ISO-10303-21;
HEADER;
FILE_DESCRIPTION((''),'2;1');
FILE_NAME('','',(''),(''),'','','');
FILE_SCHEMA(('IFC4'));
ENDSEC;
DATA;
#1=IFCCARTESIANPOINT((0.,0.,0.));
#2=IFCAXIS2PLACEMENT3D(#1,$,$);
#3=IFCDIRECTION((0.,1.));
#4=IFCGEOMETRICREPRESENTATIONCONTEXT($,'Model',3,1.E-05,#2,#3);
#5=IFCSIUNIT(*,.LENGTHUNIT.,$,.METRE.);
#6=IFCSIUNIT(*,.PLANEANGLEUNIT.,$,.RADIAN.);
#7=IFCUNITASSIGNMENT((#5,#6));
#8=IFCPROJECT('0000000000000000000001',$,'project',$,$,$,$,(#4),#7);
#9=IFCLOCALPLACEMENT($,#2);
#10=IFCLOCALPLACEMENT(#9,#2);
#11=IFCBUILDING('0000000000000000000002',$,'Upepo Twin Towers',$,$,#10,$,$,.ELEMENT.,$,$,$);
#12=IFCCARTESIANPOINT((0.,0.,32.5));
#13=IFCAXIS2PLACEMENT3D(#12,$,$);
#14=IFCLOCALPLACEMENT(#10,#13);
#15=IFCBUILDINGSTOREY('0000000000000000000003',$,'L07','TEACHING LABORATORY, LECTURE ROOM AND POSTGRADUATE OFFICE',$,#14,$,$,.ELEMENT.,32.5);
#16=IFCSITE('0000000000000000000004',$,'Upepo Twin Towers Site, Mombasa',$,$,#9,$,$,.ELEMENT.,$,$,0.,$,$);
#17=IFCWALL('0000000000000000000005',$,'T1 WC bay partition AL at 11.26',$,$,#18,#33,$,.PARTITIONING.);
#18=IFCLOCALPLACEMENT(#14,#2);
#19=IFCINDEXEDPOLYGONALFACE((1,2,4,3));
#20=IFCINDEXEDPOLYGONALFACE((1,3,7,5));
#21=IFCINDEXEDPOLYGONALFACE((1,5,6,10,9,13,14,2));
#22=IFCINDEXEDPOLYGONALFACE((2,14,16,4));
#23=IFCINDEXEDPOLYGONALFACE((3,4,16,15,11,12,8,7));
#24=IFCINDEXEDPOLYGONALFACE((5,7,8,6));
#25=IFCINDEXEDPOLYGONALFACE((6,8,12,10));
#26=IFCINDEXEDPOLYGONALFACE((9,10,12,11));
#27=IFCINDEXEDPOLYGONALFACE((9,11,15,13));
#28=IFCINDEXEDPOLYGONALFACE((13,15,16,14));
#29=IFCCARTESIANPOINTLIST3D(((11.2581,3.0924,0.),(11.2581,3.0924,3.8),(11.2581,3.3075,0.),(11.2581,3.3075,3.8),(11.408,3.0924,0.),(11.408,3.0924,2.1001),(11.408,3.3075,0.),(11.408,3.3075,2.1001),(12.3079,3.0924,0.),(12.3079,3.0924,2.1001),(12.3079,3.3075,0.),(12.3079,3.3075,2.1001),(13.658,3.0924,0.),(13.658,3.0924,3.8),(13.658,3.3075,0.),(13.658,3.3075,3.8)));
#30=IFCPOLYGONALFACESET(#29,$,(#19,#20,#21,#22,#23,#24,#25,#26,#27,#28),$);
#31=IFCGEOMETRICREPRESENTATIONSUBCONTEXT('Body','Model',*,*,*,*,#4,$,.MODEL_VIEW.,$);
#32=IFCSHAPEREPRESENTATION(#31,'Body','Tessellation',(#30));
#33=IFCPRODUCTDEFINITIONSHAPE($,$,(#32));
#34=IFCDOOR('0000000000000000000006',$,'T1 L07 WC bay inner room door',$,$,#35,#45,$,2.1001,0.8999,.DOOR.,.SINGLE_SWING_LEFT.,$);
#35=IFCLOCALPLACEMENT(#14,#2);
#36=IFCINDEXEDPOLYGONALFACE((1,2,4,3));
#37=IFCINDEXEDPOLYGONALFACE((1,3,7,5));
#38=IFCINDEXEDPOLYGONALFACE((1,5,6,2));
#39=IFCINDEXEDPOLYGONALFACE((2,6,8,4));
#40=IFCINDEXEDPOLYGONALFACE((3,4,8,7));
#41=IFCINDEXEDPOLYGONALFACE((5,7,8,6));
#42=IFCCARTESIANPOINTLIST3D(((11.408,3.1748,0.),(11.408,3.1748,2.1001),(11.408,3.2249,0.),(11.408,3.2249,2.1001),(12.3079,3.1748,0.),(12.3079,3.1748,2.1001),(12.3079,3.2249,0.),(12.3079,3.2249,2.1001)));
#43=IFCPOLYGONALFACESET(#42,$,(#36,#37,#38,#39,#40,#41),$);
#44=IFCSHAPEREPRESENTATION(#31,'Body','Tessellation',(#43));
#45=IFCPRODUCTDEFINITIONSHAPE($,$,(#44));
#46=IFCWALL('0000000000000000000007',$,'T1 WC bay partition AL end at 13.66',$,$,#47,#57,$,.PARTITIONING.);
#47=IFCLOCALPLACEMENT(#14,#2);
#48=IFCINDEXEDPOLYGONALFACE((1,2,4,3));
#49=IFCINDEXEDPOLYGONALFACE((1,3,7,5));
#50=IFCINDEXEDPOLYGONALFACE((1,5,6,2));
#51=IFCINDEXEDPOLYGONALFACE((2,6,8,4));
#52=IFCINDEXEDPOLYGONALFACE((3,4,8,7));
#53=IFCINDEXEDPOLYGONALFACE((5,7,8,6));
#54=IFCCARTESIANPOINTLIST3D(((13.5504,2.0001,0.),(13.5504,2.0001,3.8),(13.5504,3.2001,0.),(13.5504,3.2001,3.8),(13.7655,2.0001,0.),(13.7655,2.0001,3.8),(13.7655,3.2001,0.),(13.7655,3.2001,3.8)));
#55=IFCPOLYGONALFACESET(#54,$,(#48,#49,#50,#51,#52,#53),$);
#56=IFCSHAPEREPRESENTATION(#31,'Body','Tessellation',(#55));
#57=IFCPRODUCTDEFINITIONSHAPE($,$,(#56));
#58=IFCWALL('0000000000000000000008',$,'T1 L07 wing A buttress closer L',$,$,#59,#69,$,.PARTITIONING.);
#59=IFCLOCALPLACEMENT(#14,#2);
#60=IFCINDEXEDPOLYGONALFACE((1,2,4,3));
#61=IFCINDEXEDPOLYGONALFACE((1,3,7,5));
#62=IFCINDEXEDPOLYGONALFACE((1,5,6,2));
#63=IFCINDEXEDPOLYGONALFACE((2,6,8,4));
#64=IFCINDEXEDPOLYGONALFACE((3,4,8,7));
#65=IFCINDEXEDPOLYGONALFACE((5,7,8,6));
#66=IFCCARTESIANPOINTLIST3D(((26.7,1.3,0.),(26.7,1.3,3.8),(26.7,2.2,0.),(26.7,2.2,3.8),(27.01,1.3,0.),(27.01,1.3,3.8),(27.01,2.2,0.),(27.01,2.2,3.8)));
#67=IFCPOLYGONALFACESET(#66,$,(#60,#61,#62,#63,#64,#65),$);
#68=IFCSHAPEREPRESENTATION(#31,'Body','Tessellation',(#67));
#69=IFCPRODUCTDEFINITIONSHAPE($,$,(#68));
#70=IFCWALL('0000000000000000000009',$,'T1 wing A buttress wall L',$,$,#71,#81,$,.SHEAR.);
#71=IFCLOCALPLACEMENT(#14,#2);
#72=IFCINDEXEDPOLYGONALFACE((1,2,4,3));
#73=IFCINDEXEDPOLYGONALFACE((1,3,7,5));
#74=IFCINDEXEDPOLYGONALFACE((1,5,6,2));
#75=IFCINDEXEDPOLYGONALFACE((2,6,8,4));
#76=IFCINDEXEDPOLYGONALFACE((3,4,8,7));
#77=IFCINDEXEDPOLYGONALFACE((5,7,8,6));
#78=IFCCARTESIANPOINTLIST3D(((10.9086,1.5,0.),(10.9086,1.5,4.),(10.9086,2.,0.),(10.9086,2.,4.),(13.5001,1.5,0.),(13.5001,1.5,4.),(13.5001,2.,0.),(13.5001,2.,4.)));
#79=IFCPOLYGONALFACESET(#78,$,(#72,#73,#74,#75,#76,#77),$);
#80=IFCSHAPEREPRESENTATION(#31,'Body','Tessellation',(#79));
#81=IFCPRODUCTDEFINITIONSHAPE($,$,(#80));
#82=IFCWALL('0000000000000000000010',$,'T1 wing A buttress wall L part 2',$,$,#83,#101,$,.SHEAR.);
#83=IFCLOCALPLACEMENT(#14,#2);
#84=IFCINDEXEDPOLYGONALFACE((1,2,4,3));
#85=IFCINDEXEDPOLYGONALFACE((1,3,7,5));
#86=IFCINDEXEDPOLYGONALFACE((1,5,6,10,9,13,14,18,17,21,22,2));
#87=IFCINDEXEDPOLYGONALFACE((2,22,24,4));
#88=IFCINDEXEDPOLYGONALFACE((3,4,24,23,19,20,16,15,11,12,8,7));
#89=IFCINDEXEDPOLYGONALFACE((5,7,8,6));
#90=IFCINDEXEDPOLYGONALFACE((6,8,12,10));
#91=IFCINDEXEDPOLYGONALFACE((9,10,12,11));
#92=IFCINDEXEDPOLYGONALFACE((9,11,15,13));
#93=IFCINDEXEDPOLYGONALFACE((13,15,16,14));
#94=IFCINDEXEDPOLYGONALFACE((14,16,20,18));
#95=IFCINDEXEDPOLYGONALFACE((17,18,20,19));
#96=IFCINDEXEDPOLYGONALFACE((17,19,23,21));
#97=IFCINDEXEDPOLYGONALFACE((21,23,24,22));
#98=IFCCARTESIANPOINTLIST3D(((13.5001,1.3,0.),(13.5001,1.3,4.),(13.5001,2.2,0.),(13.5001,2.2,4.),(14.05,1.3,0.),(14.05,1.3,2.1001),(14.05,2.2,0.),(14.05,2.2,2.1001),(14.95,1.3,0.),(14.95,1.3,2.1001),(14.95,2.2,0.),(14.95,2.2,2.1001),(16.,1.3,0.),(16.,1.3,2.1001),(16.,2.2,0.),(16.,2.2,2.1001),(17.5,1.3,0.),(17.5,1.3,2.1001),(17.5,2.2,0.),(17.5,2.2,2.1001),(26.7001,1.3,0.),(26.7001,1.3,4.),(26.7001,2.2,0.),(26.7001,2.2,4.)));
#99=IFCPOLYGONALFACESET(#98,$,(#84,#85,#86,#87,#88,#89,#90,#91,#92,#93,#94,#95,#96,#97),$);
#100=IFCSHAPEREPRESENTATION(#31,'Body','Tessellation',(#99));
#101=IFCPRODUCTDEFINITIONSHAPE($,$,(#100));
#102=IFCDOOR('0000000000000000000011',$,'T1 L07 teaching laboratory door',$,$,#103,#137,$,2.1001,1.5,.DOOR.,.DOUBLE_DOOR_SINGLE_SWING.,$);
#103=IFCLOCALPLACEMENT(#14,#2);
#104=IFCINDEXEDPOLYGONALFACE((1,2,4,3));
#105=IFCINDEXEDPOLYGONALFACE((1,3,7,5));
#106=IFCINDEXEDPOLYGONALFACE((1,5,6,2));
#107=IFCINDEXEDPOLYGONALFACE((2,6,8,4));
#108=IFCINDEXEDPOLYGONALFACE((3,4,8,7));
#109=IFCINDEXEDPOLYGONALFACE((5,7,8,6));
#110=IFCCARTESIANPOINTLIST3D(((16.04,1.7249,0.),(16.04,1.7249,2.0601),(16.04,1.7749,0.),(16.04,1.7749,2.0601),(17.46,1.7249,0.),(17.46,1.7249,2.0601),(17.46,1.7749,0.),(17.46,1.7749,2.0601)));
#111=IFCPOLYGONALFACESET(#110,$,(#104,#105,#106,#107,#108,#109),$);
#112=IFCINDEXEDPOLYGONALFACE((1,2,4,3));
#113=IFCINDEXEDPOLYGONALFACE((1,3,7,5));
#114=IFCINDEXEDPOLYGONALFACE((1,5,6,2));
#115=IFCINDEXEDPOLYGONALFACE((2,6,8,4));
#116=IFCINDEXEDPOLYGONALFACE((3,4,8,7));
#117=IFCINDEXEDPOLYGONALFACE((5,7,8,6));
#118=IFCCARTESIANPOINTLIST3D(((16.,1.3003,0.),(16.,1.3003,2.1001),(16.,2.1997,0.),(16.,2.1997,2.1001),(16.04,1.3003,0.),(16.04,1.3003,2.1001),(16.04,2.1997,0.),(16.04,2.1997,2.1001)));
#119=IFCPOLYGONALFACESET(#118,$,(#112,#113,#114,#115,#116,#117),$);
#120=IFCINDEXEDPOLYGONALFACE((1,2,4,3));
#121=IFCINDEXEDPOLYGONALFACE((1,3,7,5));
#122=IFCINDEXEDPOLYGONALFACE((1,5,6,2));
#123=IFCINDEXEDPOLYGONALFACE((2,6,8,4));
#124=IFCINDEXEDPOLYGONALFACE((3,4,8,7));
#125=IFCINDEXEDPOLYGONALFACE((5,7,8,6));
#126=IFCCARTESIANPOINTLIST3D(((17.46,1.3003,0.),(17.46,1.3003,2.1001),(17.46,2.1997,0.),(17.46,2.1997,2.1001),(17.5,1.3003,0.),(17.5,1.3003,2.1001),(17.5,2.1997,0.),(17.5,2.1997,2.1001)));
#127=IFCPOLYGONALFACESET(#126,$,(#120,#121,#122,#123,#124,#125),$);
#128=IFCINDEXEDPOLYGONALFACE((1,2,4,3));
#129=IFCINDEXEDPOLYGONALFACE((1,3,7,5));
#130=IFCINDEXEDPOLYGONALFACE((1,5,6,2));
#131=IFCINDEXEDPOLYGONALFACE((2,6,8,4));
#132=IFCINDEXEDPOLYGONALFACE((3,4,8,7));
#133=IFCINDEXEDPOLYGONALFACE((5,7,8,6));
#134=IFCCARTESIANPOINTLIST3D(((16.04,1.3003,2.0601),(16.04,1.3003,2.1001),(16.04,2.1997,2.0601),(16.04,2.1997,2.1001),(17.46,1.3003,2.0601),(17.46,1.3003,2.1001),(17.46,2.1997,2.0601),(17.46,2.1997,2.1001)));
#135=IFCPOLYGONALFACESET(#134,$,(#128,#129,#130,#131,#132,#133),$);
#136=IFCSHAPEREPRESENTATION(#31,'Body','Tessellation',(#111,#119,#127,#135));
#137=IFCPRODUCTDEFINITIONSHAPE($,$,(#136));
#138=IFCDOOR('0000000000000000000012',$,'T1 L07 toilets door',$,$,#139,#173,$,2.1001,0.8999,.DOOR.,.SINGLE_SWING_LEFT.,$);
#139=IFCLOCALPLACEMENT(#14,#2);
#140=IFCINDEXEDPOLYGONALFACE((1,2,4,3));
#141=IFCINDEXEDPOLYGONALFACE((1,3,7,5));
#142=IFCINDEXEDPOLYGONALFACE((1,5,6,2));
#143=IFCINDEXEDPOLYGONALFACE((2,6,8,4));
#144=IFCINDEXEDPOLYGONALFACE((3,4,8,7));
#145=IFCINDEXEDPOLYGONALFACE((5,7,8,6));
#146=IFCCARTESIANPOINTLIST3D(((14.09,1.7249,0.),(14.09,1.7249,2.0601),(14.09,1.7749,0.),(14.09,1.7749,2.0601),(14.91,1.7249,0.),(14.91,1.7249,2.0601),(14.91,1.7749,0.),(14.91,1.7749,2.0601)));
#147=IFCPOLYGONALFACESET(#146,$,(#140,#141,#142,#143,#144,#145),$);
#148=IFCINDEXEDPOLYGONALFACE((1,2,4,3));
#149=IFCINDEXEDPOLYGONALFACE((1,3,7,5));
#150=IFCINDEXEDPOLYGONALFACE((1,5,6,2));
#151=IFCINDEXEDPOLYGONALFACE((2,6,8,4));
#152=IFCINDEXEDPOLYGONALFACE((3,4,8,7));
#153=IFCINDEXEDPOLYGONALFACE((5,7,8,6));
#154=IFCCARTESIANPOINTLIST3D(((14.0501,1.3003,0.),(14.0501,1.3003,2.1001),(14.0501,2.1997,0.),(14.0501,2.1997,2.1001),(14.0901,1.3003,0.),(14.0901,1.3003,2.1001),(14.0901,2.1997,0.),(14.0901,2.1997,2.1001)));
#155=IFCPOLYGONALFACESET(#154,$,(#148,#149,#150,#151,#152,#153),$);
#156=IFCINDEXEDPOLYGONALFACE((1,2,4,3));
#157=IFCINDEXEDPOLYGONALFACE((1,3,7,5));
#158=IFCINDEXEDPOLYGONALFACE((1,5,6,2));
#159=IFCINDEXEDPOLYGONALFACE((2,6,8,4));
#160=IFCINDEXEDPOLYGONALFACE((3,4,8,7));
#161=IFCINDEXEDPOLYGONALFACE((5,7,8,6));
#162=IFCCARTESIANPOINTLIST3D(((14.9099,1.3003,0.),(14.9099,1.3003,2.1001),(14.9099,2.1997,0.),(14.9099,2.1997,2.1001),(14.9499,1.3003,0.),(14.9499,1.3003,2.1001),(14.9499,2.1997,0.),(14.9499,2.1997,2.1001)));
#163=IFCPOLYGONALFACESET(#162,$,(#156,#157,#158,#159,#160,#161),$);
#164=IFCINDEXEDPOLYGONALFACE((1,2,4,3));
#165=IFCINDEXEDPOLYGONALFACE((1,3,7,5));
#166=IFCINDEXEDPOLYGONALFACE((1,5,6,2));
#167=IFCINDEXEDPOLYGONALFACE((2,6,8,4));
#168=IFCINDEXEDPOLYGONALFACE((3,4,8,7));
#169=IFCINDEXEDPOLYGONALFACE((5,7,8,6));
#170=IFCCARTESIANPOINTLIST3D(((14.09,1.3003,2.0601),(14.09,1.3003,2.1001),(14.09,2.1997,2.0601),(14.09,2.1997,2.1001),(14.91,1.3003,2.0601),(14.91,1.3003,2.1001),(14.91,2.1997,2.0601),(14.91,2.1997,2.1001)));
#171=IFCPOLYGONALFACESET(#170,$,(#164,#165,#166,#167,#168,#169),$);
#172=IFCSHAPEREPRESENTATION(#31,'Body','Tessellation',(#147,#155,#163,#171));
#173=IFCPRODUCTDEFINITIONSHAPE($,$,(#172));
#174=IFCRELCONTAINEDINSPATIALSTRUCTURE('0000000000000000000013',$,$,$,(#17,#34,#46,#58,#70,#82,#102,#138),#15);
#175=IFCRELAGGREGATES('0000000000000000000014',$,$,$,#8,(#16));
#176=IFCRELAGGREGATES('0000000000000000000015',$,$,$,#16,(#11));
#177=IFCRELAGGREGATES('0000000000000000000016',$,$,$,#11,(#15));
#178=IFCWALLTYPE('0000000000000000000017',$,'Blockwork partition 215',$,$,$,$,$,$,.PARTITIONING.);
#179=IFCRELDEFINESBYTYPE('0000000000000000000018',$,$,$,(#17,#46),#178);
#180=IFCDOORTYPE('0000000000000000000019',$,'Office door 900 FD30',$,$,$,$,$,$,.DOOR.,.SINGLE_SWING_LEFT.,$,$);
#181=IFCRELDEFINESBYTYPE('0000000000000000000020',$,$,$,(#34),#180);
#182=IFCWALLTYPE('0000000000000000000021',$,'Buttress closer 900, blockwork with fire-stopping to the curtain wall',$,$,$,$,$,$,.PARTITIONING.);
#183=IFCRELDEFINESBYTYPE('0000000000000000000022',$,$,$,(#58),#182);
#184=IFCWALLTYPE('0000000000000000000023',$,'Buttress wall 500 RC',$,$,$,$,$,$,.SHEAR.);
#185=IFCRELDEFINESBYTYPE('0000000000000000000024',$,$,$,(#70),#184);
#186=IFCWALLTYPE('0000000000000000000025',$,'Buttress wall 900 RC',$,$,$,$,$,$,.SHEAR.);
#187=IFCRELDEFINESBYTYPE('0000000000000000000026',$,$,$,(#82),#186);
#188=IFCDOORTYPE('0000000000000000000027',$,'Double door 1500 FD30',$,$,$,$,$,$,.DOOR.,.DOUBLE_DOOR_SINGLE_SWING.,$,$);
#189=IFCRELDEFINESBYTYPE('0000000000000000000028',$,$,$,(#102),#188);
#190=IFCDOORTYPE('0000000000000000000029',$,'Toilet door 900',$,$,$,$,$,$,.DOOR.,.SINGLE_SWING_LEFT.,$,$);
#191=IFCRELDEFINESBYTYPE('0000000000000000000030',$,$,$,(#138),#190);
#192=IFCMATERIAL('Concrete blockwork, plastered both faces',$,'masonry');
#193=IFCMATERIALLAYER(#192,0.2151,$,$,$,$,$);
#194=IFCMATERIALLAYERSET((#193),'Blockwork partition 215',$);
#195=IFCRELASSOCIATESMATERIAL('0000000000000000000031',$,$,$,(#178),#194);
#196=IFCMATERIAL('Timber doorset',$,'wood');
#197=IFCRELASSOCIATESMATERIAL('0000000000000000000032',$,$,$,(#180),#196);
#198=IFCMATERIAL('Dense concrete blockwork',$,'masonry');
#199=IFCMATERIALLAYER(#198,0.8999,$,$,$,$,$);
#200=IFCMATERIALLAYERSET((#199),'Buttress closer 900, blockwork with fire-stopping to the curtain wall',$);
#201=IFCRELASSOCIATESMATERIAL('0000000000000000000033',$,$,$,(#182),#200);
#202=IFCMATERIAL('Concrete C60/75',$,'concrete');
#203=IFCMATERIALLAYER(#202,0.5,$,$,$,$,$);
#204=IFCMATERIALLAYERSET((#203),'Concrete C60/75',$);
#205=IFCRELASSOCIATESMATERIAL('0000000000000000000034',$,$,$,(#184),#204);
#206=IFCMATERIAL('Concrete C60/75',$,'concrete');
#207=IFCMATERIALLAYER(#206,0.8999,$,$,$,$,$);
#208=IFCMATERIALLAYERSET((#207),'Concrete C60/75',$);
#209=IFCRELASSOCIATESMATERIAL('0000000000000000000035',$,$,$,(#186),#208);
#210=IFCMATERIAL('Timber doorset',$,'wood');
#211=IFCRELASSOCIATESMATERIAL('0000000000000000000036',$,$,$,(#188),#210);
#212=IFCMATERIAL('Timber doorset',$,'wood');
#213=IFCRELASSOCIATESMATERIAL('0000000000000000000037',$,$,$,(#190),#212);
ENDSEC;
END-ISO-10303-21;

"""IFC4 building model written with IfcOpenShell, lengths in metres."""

from ifc_helpers import new_model, si_unit, direction, frame, frame_2d, origin, place, context, subcontext, project, spatial, rectangle, extrude, material, layer, layer_set, type_object, element, fill, save


model = new_model("IFC4")

# Units and contexts
model_context = context("Model", 3, precision=1e-05, world=origin(), true_north=direction((0.0, 1.0)))
body_context = subcontext(model_context, "Body", "Model", "MODEL_VIEW")
ifc_project = project(units=[si_unit("LENGTHUNIT", "METRE"), si_unit("PLANEANGLEUNIT", "RADIAN")], contexts=[model_context])

# Site, building, storey
site_placement = place(None, origin())
site = spatial("IfcSite", under=ifc_project, at=site_placement, Name="Upepo Twin Towers Site, Mombasa", CompositionType="ELEMENT", RefElevation=0.0)
building_placement = place(site_placement, origin())
building = spatial("IfcBuilding", under=site, at=building_placement, Name="Upepo Twin Towers", CompositionType="ELEMENT")
storey_placement = place(building_placement, frame((0.0, 0.0, 32.5)))
storey = spatial("IfcBuildingStorey", under=building, at=storey_placement, Name="L07", Description="TEACHING LABORATORY, LECTURE ROOM AND POSTGRADUATE OFFICE", CompositionType="ELEMENT", Elevation=32.5)

# Shared definitions
ifc_material_1 = material(Name="Concrete blockwork, plastered both faces", Category="masonry")
ifc_layer_1 = layer(ifc_material_1, 0.2151)
ifc_layer_set_1 = layer_set([ifc_layer_1], Name="Blockwork partition 215")
wall_type_1 = type_object("IfcWallType", Name="Blockwork partition 215", PredefinedType="PARTITIONING", material=ifc_layer_set_1)

# Wall, opening, door
wall_1_placement = place(storey_placement, frame((11.2581, 3.2, 0.0), z_axis=(0.0, 0.0, 1.0), x_axis=(1.0, 0.0, 0.0)))
wall_1 = element("IfcWall", 1, at=wall_1_placement, inside=storey, type_object=wall_type_1, Name="T1 WC bay partition AL at 11.26", PredefinedType="PARTITIONING", context=body_context, shape_type="SweptSolid", body=[
    extrude(rectangle(XDim=2.3999, YDim=0.2151, at=frame_2d((1.2, 0.0))), origin(), (0.0, 0.0, 1.0), 3.8),
])
opening_1_placement = place(wall_1_placement, frame((0.1499, 0.0, 0.0)))
opening_1 = element("IfcOpeningElement", 2, at=opening_1_placement, cuts=wall_1, PredefinedType="OPENING", context=body_context, shape_type="SweptSolid", body=[
    extrude(rectangle(XDim=0.8999, YDim=2.1001, at=frame_2d((0.45, 1.05))), frame((0.0, 0.1174, 0.0), z_axis=(0.0, -1.0, 0.0), x_axis=(1.0, 0.0, 0.0)), (0.0, 0.0, 1.0), 0.2351),
])
ifc_material_2 = material(Name="Timber doorset", Category="wood")
door_type_1 = type_object("IfcDoorType", Name="Office door 900 FD30", OperationType="SINGLE_SWING_LEFT", PredefinedType="DOOR", material=ifc_material_2)
door_1_placement = place(opening_1_placement, origin())
door_1 = element("IfcDoor", 3, at=door_1_placement, inside=storey, type_object=door_type_1, Name="T1 L07 WC bay inner room door", OperationType="SINGLE_SWING_LEFT", OverallHeight=2.1001, OverallWidth=0.8999, PredefinedType="DOOR", context=body_context, shape_type="SweptSolid", body=[
    extrude(rectangle(XDim=0.8999, YDim=2.1001, at=frame_2d((0.45, 1.05))), frame((0.0, 0.0249, 0.0), z_axis=(0.0, -1.0, 0.0), x_axis=(1.0, 0.0, 0.0)), (0.0, 0.0, 1.0), 0.05),
])
fill(opening_1, door_1)

# Walls
wall_2_placement = place(storey_placement, frame((13.658, 2.0, 0.0), z_axis=(0.0, 0.0, 1.0), x_axis=(0.0, 1.0, 0.0)))
element("IfcWall", 4, at=wall_2_placement, inside=storey, type_object=wall_type_1, Name="T1 WC bay partition AL end at 13.66", PredefinedType="PARTITIONING", context=body_context, shape_type="SweptSolid", body=[
    extrude(rectangle(XDim=1.2, YDim=0.2151, at=frame_2d((0.6001, 0.0))), origin(), (0.0, 0.0, 1.0), 3.8),
])
ifc_material_3 = material(Name="Dense concrete blockwork", Category="masonry")
ifc_layer_2 = layer(ifc_material_3, 0.8999)
ifc_layer_set_2 = layer_set([ifc_layer_2], Name="Buttress closer 900, blockwork with fire-stopping to the curtain wall")
wall_type_2 = type_object("IfcWallType", Name="Buttress closer 900, blockwork with fire-stopping to the curtain wall", PredefinedType="PARTITIONING", material=ifc_layer_set_2)
wall_3_placement = place(storey_placement, frame((26.7, 1.75, 0.0), z_axis=(0.0, 0.0, 1.0), x_axis=(1.0, 0.0, 0.0)))
element("IfcWall", 5, at=wall_3_placement, inside=storey, type_object=wall_type_2, Name="T1 L07 wing A buttress closer L", PredefinedType="PARTITIONING", context=body_context, shape_type="SweptSolid", body=[
    extrude(rectangle(XDim=0.3101, YDim=0.8999, at=frame_2d((0.155, 0.0))), origin(), (0.0, 0.0, 1.0), 3.8),
])
ifc_material_4 = material(Name="Concrete C60/75", Category="concrete")
ifc_layer_3 = layer(ifc_material_4, 0.5)
ifc_layer_set_3 = layer_set([ifc_layer_3], Name="Concrete C60/75")
wall_type_3 = type_object("IfcWallType", Name="Buttress wall 500 RC", PredefinedType="SHEAR", material=ifc_layer_set_3)
wall_4_placement = place(storey_placement, frame((10.9084, 1.75, 0.0), z_axis=(0.0, 0.0, 1.0), x_axis=(1.0, 0.0, 0.0)))
element("IfcWall", 6, at=wall_4_placement, inside=storey, type_object=wall_type_3, Name="T1 wing A buttress wall L", PredefinedType="SHEAR", context=body_context, shape_type="SweptSolid", body=[
    extrude(rectangle(XDim=2.5916, YDim=0.5, at=frame_2d((1.2959, 0.0))), origin(), (0.0, 0.0, 1.0), 4.0),
])

# Wall, openings, doors
ifc_material_5 = material(Name="Concrete C60/75", Category="concrete")
ifc_layer_4 = layer(ifc_material_5, 0.8999)
ifc_layer_set_4 = layer_set([ifc_layer_4], Name="Concrete C60/75")
wall_type_4 = type_object("IfcWallType", Name="Buttress wall 900 RC", PredefinedType="SHEAR", material=ifc_layer_set_4)
wall_5_placement = place(storey_placement, frame((13.5, 1.75, 0.0), z_axis=(0.0, 0.0, 1.0), x_axis=(1.0, 0.0, 0.0)))
wall_5 = element("IfcWall", 7, at=wall_5_placement, inside=storey, type_object=wall_type_4, Name="T1 wing A buttress wall L part 2", PredefinedType="SHEAR", context=body_context, shape_type="SweptSolid", body=[
    extrude(rectangle(XDim=13.2, YDim=0.8999, at=frame_2d((6.6001, 0.0))), origin(), (0.0, 0.0, 1.0), 4.0),
])
opening_2_placement = place(wall_5_placement, frame((0.55, 0.0, 0.0)))
opening_2 = element("IfcOpeningElement", 8, at=opening_2_placement, cuts=wall_5, PredefinedType="OPENING", context=body_context, shape_type="SweptSolid", body=[
    extrude(rectangle(XDim=0.8999, YDim=2.1001, at=frame_2d((0.45, 1.05))), frame((0.0, 0.46, 0.0), z_axis=(0.0, -1.0, 0.0), x_axis=(1.0, 0.0, 0.0)), (0.0, 0.0, 1.0), 0.9199),
])
opening_3_placement = place(wall_5_placement, frame((2.5, 0.0, 0.0)))
opening_3 = element("IfcOpeningElement", 9, at=opening_3_placement, cuts=wall_5, PredefinedType="OPENING", context=body_context, shape_type="SweptSolid", body=[
    extrude(rectangle(XDim=1.5, YDim=2.1001, at=frame_2d((0.75, 1.05))), frame((0.0, 0.46, 0.0), z_axis=(0.0, -1.0, 0.0), x_axis=(1.0, 0.0, 0.0)), (0.0, 0.0, 1.0), 0.9199),
])
ifc_material_6 = material(Name="Timber doorset", Category="wood")
door_type_2 = type_object("IfcDoorType", Name="Double door 1500 FD30", OperationType="DOUBLE_DOOR_SINGLE_SWING", PredefinedType="DOOR", material=ifc_material_6)
door_2_placement = place(opening_3_placement, origin())
door_2 = element("IfcDoor", 10, at=door_2_placement, inside=storey, type_object=door_type_2, Name="T1 L07 teaching laboratory door", OperationType="DOUBLE_DOOR_SINGLE_SWING", OverallHeight=2.1001, OverallWidth=1.5, PredefinedType="DOOR", context=body_context, shape_type="SweptSolid", body=[
    extrude(rectangle(XDim=1.42, YDim=2.0601, at=frame_2d((0.75, 1.03))), frame((0.0, 0.0249, 0.0), z_axis=(0.0, -1.0, 0.0), x_axis=(1.0, 0.0, 0.0)), (0.0, 0.0, 1.0), 0.05),
    extrude(rectangle(XDim=0.04, YDim=2.1001, at=frame_2d((0.02, 1.05))), frame((0.0, 0.4497, 0.0), z_axis=(0.0, -1.0, 0.0), x_axis=(1.0, 0.0, 0.0)), (0.0, 0.0, 1.0), 0.8994),
    extrude(rectangle(XDim=0.04, YDim=2.1001, at=frame_2d((1.48, 1.05))), frame((0.0, 0.4497, 0.0), z_axis=(0.0, -1.0, 0.0), x_axis=(1.0, 0.0, 0.0)), (0.0, 0.0, 1.0), 0.8994),
    extrude(rectangle(XDim=1.42, YDim=0.04, at=frame_2d((0.75, 2.0801))), frame((0.0, 0.4497, 0.0), z_axis=(0.0, -1.0, 0.0), x_axis=(1.0, 0.0, 0.0)), (0.0, 0.0, 1.0), 0.8994),
])
fill(opening_3, door_2)
ifc_material_7 = material(Name="Timber doorset", Category="wood")
door_type_3 = type_object("IfcDoorType", Name="Toilet door 900", OperationType="SINGLE_SWING_LEFT", PredefinedType="DOOR", material=ifc_material_7)
door_3_placement = place(opening_2_placement, origin())
door_3 = element("IfcDoor", 11, at=door_3_placement, inside=storey, type_object=door_type_3, Name="T1 L07 toilets door", OperationType="SINGLE_SWING_LEFT", OverallHeight=2.1001, OverallWidth=0.8999, PredefinedType="DOOR", context=body_context, shape_type="SweptSolid", body=[
    extrude(rectangle(XDim=0.8199, YDim=2.0601, at=frame_2d((0.45, 1.03))), frame((0.0, 0.0249, 0.0), z_axis=(0.0, -1.0, 0.0), x_axis=(1.0, 0.0, 0.0)), (0.0, 0.0, 1.0), 0.05),
    extrude(rectangle(XDim=0.04, YDim=2.1001, at=frame_2d((0.02, 1.05))), frame((0.0, 0.4497, 0.0), z_axis=(0.0, -1.0, 0.0), x_axis=(1.0, 0.0, 0.0)), (0.0, 0.0, 1.0), 0.8994),
    extrude(rectangle(XDim=0.04, YDim=2.1001, at=frame_2d((0.8799, 1.05))), frame((0.0, 0.4497, 0.0), z_axis=(0.0, -1.0, 0.0), x_axis=(1.0, 0.0, 0.0)), (0.0, 0.0, 1.0), 0.8994),
    extrude(rectangle(XDim=0.8199, YDim=0.04, at=frame_2d((0.45, 2.0801))), frame((0.0, 0.4497, 0.0), z_axis=(0.0, -1.0, 0.0), x_axis=(1.0, 0.0, 0.0)), (0.0, 0.0, 1.0), 0.8994),
])
fill(opening_2, door_3)

save(model, "model.ifc")
